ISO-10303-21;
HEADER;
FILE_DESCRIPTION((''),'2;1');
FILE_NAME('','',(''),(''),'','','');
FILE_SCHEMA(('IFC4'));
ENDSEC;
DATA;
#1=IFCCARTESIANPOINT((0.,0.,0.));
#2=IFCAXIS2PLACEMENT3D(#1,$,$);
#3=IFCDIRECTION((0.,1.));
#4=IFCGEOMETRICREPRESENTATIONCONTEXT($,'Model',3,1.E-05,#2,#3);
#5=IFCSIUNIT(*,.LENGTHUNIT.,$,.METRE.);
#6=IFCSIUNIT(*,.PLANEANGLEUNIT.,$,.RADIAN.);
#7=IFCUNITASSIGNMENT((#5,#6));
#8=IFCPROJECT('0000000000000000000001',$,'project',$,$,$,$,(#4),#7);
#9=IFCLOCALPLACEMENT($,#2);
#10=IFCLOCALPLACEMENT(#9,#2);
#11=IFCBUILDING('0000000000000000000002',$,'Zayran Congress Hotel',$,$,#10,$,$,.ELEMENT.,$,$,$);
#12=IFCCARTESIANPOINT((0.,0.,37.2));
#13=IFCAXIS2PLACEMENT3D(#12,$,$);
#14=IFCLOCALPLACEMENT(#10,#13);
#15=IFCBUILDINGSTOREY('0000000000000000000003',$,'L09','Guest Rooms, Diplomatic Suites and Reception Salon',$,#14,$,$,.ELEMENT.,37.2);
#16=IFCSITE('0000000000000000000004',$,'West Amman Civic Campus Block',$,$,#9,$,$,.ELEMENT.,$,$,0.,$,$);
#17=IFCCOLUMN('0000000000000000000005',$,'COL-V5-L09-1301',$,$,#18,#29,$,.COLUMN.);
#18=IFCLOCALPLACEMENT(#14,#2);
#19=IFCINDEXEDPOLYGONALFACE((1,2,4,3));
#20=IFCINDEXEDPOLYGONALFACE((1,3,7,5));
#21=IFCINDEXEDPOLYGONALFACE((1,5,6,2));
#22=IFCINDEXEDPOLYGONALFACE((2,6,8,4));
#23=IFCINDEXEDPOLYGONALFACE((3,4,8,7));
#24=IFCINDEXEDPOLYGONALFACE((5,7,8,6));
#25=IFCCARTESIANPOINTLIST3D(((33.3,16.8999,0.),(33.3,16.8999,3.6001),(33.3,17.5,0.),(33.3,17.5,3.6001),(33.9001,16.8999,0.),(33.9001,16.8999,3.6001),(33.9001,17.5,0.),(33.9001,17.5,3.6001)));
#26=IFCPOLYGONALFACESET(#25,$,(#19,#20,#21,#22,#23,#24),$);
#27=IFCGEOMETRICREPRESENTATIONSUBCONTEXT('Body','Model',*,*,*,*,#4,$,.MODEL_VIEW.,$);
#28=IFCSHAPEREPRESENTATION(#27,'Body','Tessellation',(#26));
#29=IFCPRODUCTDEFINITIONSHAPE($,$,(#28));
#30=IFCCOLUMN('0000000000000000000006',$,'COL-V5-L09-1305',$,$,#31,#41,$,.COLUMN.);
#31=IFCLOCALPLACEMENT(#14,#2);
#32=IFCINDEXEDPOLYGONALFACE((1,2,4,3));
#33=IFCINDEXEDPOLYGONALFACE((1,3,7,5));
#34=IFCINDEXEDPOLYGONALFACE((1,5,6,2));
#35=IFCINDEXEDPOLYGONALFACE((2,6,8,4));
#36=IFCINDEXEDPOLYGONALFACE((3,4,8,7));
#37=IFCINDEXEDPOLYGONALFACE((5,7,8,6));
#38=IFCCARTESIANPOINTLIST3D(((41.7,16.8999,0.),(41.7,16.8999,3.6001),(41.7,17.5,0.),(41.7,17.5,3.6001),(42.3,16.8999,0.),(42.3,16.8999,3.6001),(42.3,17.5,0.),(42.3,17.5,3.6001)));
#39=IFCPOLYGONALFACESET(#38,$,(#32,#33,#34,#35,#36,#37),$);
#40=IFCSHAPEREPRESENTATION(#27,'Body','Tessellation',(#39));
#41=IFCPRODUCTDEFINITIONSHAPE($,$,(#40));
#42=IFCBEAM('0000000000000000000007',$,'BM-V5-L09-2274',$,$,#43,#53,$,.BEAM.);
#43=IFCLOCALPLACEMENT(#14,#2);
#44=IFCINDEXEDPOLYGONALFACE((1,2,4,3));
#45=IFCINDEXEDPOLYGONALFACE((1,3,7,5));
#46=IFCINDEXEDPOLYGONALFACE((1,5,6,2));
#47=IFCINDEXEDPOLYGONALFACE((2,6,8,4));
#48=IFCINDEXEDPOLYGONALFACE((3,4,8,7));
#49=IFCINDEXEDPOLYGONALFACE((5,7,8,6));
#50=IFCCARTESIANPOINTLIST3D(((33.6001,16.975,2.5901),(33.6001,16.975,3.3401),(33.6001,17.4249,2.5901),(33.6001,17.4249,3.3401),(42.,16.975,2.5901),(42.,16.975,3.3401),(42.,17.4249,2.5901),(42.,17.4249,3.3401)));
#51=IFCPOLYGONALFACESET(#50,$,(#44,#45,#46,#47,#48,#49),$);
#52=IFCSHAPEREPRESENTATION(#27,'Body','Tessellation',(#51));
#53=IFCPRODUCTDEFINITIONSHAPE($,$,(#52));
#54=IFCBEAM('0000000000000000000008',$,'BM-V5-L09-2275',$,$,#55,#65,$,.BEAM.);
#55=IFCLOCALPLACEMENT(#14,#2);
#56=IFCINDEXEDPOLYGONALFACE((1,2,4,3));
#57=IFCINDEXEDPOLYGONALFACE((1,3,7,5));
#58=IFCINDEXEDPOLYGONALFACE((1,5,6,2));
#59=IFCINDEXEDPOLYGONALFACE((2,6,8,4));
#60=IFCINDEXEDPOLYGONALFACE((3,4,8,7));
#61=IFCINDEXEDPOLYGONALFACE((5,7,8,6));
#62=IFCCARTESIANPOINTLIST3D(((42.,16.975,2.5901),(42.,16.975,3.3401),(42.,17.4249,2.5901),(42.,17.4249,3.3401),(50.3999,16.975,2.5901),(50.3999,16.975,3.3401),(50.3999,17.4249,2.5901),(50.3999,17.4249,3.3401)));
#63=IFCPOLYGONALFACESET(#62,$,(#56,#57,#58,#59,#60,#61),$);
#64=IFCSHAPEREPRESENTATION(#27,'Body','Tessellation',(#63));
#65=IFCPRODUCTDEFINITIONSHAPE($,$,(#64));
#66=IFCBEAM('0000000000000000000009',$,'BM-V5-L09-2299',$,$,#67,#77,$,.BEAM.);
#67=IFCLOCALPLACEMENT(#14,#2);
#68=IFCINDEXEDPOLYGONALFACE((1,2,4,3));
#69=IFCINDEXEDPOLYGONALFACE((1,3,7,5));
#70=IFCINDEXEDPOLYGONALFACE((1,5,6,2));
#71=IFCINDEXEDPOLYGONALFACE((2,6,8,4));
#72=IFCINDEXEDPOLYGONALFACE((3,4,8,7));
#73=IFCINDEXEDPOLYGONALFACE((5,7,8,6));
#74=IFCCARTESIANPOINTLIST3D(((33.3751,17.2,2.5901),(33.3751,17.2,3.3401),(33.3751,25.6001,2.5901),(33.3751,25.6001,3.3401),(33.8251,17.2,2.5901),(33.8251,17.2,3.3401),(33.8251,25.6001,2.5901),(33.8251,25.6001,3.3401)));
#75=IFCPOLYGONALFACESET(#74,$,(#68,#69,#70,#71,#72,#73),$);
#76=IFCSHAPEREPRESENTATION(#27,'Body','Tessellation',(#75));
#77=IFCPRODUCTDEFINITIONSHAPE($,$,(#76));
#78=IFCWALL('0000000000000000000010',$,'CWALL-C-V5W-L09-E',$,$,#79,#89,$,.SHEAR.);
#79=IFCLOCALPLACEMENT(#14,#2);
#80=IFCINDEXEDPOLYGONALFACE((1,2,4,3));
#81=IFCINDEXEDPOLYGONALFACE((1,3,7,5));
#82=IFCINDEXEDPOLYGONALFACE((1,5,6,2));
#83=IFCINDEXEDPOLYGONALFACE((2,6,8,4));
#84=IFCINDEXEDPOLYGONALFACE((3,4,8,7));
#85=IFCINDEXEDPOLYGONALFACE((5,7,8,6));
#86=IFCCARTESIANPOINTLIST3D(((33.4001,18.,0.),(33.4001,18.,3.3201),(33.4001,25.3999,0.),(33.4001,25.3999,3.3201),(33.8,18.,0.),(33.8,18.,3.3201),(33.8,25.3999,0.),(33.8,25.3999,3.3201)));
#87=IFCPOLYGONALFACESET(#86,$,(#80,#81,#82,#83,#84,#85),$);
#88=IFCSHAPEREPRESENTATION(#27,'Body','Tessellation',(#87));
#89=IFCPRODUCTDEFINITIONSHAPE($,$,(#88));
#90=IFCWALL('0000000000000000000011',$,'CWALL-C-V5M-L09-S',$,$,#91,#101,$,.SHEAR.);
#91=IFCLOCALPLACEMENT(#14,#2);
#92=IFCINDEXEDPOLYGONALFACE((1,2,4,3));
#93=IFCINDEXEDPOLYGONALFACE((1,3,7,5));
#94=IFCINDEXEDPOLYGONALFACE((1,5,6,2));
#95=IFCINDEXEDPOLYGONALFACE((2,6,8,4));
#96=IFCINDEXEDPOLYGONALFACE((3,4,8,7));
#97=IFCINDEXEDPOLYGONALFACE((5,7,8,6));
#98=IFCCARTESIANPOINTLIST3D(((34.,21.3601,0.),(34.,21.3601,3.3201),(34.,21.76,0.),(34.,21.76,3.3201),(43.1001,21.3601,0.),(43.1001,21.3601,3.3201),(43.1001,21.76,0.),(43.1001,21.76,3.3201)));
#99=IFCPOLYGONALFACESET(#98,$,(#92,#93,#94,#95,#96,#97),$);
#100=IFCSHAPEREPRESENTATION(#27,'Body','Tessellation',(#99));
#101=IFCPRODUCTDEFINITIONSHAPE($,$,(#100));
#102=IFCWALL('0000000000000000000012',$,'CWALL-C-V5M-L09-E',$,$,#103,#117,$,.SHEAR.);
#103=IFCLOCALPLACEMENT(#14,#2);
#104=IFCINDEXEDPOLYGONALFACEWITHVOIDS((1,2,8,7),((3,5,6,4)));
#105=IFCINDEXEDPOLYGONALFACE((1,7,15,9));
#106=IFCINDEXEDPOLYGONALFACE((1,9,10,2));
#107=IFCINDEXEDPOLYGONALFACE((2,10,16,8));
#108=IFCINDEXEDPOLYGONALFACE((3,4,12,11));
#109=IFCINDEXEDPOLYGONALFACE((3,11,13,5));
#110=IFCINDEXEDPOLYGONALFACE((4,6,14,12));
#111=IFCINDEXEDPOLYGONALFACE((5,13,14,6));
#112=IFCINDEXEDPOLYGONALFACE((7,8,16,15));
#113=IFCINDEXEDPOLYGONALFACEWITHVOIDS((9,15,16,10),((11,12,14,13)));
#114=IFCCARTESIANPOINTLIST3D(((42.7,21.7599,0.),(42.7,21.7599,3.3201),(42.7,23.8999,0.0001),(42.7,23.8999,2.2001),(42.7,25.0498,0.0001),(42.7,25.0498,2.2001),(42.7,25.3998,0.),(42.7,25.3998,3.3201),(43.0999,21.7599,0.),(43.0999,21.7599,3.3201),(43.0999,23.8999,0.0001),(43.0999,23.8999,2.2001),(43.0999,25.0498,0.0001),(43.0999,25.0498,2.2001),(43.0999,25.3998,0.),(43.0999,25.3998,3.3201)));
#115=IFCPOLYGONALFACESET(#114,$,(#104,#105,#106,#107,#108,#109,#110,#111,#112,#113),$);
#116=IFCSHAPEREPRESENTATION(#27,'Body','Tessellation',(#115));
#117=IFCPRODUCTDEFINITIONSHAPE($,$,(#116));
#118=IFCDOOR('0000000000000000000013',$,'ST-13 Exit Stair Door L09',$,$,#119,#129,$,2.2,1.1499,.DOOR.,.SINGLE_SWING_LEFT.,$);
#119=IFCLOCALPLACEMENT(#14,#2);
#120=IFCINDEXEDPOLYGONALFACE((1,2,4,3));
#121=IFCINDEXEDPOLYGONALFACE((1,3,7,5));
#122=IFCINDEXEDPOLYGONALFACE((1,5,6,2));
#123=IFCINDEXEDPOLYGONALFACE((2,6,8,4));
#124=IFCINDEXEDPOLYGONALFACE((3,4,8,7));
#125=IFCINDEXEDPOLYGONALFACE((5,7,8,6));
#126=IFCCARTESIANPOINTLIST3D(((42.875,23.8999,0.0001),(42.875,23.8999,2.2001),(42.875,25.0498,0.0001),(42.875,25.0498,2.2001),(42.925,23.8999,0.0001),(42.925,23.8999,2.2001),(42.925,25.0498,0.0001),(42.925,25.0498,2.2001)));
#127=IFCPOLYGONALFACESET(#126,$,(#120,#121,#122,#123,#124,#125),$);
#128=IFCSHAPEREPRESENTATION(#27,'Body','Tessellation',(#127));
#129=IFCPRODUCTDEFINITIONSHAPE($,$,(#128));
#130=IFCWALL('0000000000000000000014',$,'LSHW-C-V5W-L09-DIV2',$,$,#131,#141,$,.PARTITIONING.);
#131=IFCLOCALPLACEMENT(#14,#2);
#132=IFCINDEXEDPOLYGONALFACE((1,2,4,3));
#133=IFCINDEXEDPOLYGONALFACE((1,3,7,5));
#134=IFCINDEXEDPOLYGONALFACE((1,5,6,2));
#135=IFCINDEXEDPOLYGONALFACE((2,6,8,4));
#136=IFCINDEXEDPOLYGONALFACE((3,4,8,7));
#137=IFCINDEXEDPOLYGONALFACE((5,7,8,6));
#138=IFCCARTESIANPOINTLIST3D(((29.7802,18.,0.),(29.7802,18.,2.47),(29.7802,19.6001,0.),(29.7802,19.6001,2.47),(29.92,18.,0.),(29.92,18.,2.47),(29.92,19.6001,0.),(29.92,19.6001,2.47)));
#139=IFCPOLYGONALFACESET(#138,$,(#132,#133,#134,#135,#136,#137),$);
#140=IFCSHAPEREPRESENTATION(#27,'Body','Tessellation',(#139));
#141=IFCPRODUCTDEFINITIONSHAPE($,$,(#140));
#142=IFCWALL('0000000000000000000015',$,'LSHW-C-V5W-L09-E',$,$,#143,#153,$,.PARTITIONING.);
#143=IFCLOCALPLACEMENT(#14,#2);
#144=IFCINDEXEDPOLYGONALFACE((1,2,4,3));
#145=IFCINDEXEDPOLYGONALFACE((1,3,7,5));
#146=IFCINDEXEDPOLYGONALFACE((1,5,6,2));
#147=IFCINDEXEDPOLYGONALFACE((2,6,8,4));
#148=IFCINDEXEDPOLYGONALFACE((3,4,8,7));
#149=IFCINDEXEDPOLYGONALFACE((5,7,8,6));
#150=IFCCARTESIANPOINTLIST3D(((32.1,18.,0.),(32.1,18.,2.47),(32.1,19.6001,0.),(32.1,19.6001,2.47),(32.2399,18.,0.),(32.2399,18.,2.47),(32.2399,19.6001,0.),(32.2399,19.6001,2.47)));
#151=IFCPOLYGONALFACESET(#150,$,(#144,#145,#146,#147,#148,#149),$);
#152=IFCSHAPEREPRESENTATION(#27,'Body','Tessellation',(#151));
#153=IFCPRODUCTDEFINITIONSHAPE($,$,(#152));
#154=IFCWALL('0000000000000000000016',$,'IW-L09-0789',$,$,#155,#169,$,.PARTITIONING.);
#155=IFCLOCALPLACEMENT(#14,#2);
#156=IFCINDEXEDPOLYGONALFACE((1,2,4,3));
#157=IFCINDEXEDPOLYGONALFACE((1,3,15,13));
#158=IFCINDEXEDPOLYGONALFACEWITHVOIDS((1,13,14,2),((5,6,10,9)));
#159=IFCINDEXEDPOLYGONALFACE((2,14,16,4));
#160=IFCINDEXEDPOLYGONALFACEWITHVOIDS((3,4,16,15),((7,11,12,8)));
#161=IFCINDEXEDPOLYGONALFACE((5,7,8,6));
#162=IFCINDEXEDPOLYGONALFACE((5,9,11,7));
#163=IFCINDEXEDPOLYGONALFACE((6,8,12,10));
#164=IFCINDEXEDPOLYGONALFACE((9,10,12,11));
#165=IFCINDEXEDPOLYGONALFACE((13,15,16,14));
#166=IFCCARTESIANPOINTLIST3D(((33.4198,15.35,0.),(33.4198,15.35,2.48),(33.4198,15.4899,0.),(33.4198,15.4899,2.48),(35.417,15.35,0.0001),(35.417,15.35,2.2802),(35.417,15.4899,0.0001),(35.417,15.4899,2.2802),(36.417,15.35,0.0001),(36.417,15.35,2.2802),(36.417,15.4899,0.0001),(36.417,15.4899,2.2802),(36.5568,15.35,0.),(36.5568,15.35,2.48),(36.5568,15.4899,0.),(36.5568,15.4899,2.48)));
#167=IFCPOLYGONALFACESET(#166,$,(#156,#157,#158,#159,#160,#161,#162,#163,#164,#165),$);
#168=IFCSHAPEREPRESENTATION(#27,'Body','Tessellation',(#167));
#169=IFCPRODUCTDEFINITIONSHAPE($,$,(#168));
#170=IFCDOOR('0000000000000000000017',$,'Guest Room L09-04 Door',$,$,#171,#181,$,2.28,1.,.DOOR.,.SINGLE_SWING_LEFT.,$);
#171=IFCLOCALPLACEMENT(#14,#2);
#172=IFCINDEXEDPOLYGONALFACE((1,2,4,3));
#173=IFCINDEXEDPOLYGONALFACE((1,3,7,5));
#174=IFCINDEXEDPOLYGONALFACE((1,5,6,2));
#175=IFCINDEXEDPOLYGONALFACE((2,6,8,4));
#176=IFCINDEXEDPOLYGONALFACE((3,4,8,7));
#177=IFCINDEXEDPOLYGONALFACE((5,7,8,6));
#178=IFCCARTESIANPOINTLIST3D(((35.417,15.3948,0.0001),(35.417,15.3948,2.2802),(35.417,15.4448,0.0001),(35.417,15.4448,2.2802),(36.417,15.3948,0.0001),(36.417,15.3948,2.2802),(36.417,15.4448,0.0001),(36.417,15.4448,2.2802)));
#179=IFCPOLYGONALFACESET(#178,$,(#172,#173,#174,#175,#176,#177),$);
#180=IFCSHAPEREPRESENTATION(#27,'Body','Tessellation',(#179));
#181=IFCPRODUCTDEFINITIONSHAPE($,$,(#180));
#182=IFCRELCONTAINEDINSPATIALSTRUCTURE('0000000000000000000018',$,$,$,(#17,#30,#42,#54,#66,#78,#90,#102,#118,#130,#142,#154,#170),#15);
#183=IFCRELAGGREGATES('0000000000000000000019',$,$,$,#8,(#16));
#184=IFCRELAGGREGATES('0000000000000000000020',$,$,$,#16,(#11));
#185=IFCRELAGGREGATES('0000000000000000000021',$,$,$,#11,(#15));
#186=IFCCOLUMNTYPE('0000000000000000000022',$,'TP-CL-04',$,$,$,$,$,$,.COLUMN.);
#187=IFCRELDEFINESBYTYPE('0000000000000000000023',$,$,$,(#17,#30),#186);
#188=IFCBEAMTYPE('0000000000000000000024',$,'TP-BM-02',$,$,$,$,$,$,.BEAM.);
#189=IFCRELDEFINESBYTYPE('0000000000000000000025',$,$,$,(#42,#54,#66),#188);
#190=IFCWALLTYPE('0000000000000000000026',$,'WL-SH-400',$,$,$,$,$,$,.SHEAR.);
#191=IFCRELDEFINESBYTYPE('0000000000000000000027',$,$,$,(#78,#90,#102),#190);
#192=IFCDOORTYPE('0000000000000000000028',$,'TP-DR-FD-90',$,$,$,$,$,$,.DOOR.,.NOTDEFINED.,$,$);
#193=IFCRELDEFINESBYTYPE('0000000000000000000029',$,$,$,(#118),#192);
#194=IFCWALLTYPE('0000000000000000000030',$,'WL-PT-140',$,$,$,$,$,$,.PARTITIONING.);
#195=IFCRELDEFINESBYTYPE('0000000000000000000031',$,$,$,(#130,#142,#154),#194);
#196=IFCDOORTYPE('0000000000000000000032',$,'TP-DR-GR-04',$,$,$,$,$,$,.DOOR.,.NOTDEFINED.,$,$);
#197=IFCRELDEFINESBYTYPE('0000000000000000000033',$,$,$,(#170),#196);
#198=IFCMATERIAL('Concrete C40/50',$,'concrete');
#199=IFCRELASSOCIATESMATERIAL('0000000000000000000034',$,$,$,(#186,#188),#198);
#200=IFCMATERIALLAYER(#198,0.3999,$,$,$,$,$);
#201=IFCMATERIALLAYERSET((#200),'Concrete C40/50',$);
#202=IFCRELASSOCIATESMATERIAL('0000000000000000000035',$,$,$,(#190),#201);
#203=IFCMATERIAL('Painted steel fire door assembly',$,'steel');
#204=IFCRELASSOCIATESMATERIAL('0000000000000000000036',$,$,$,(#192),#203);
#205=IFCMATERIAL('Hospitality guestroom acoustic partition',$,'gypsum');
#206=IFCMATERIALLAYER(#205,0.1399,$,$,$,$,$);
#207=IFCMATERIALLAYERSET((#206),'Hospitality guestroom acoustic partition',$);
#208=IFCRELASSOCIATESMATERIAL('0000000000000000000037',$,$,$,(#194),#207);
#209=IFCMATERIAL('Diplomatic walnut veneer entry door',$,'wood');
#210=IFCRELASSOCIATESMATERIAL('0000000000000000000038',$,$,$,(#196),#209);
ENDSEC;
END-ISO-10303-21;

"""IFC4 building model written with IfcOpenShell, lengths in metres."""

from ifc_helpers import new_model, si_unit, direction, frame, frame_2d, origin, origin_2d, place, context, subcontext, project, spatial, rectangle, extrude, material, layer, layer_set, material_profile, profile_set, type_object, element, fill, save


model = new_model("IFC4")

# Units and contexts
model_context = context("Model", 3, precision=1e-05, world=origin(), true_north=direction((0.0, 1.0)))
body_context = subcontext(model_context, "Body", "Model", "MODEL_VIEW")
ifc_project = project(units=[si_unit("LENGTHUNIT", "METRE"), si_unit("PLANEANGLEUNIT", "RADIAN")], contexts=[model_context])

# Site, building, storey
site_placement = place(None, origin())
site = spatial("IfcSite", under=ifc_project, at=site_placement, Name="West Amman Civic Campus Block", CompositionType="ELEMENT", RefElevation=0.0)
building_placement = place(site_placement, origin())
building = spatial("IfcBuilding", under=site, at=building_placement, Name="Zayran Congress Hotel", CompositionType="ELEMENT")
storey_placement = place(building_placement, frame((0.0, 0.0, 37.2)))
storey = spatial("IfcBuildingStorey", under=building, at=storey_placement, Name="L09", Description="Guest Rooms, Diplomatic Suites and Reception Salon", CompositionType="ELEMENT", Elevation=37.2)

# Columns
ifc_material_1 = material(Name="Concrete C40/50", Category="concrete")
ifc_material_profile_1 = material_profile(ifc_material_1, rectangle(XDim=0.6001, YDim=0.6001, at=origin_2d()), Name="RC 600x600")
ifc_profile_set_1 = profile_set([ifc_material_profile_1], Name="Concrete C40/50")
column_type = type_object("IfcColumnType", Name="TP-CL-04", PredefinedType="COLUMN", material=ifc_profile_set_1)
for number, where, z_axis, x_axis, name in (
    (1, (33.6001, 17.2, 0.0), (0.0, 0.0, 1.0), (1.0, 0.0, 0.0), "COL-V5-L09-1301"),
    (2, (42.0, 17.2, 0.0), (0.0, 0.0, 1.0), (1.0, 0.0, 0.0), "COL-V5-L09-1305"),
):
    element("IfcColumn", number, at=place(storey_placement, frame(where, z_axis=z_axis, x_axis=x_axis)), inside=storey, type_object=column_type, Name=name, PredefinedType="COLUMN", context=body_context, shape_type="SweptSolid", body=[
        extrude(rectangle(XDim=0.6001, YDim=0.6001, at=origin_2d()), origin(), (0.0, 0.0, 1.0), 3.6001),
    ])

# Beams
ifc_material_profile_2 = material_profile(ifc_material_1, rectangle(XDim=0.45, YDim=0.75, at=origin_2d()), Name="RC 450x750")
ifc_profile_set_2 = profile_set([ifc_material_profile_2], Name="Concrete C40/50")
beam_type = type_object("IfcBeamType", Name="TP-BM-02", PredefinedType="BEAM", material=ifc_profile_set_2)
for number, where, z_axis, x_axis, name in (
    (3, (33.6001, 17.2, 2.9651), (1.0, 0.0, 0.0), (0.0, 1.0, 0.0), "BM-V5-L09-2274"),
    (4, (42.0, 17.2, 2.9651), (1.0, 0.0, 0.0), (0.0, 1.0, 0.0), "BM-V5-L09-2275"),
):
    element("IfcBeam", number, at=place(storey_placement, frame(where, z_axis=z_axis, x_axis=x_axis)), inside=storey, type_object=beam_type, Name=name, PredefinedType="BEAM", context=body_context, shape_type="SweptSolid", body=[
        extrude(rectangle(XDim=0.45, YDim=0.75, at=origin_2d()), origin(), (0.0, 0.0, 1.0), 8.3999),
    ])
beam_placement = place(storey_placement, frame((33.6001, 17.2, 2.9651), z_axis=(0.0, 1.0, 0.0), x_axis=(-1.0, 0.0, 0.0)))
element("IfcBeam", 5, at=beam_placement, inside=storey, type_object=beam_type, Name="BM-V5-L09-2299", PredefinedType="BEAM", context=body_context, shape_type="SweptSolid", body=[
    extrude(rectangle(XDim=0.45, YDim=0.75, at=origin_2d()), origin(), (0.0, 0.0, 1.0), 8.4001),
])

# Walls
ifc_layer_1 = layer(ifc_material_1, 0.3999)
ifc_layer_set_1 = layer_set([ifc_layer_1], Name="Concrete C40/50")
wall_type_1 = type_object("IfcWallType", Name="WL-SH-400", PredefinedType="SHEAR", material=ifc_layer_set_1)
wall_1_placement = place(storey_placement, frame((33.6001, 18.0, 0.0), z_axis=(0.0, 0.0, 1.0), x_axis=(0.0, 1.0, 0.0)))
element("IfcWall", 6, at=wall_1_placement, inside=storey, type_object=wall_type_1, Name="CWALL-C-V5W-L09-E", PredefinedType="SHEAR", context=body_context, shape_type="SweptSolid", body=[
    extrude(rectangle(XDim=7.3999, YDim=0.3999, at=frame_2d((3.7, 0.0))), origin(), (0.0, 0.0, 1.0), 3.3201),
])
wall_2_placement = place(storey_placement, frame((34.0, 21.5601, 0.0), z_axis=(0.0, 0.0, 1.0), x_axis=(1.0, 0.0, 0.0)))
element("IfcWall", 7, at=wall_2_placement, inside=storey, type_object=wall_type_1, Name="CWALL-C-V5M-L09-S", PredefinedType="SHEAR", context=body_context, shape_type="SweptSolid", body=[
    extrude(rectangle(XDim=9.1001, YDim=0.3999, at=frame_2d((4.55, 0.0))), origin(), (0.0, 0.0, 1.0), 3.3201),
])

# Wall, opening, door
wall_3_placement = place(storey_placement, frame((42.8999, 21.76, 0.0), z_axis=(0.0, 0.0, 1.0), x_axis=(0.0, 1.0, 0.0)))
wall_3 = element("IfcWall", 8, at=wall_3_placement, inside=storey, type_object=wall_type_1, Name="CWALL-C-V5M-L09-E", PredefinedType="SHEAR", context=body_context, shape_type="SweptSolid", body=[
    extrude(rectangle(XDim=3.6399, YDim=0.3999, at=frame_2d((1.8198, 0.0))), origin(), (0.0, 0.0, 1.0), 3.3201),
])
opening_1_placement = place(wall_3_placement, frame((2.1399, 0.0, 0.0)))
opening_1 = element("IfcOpeningElement", 9, at=opening_1_placement, cuts=wall_3, PredefinedType="OPENING", context=body_context, shape_type="SweptSolid", body=[
    extrude(rectangle(XDim=1.1499, YDim=2.2, at=frame_2d((0.575, 1.1001))), frame((0.0, 0.21, 0.0), z_axis=(0.0, -1.0, 0.0), x_axis=(1.0, 0.0, 0.0)), (0.0, 0.0, 1.0), 0.4199),
])
ifc_material_2 = material(Name="Painted steel fire door assembly", Category="steel")
door_type_1 = type_object("IfcDoorType", Name="TP-DR-FD-90", OperationType="NOTDEFINED", PredefinedType="DOOR", material=ifc_material_2)
door_1_placement = place(opening_1_placement, origin())
door_1 = element("IfcDoor", 10, at=door_1_placement, inside=storey, type_object=door_type_1, Name="ST-13 Exit Stair Door L09", OperationType="SINGLE_SWING_LEFT", OverallHeight=2.2, OverallWidth=1.1499, PredefinedType="DOOR", context=body_context, shape_type="SweptSolid", body=[
    extrude(rectangle(XDim=1.1499, YDim=2.2, at=frame_2d((0.575, 1.1001))), frame((0.0, 0.0249, 0.0), z_axis=(0.0, -1.0, 0.0), x_axis=(1.0, 0.0, 0.0)), (0.0, 0.0, 1.0), 0.05),
])
fill(opening_1, door_1)

# Walls
ifc_material_3 = material(Name="Hospitality guestroom acoustic partition", Category="gypsum")
ifc_layer_2 = layer(ifc_material_3, 0.1399)
ifc_layer_set_2 = layer_set([ifc_layer_2], Name="Hospitality guestroom acoustic partition")
wall_type_2 = type_object("IfcWallType", Name="WL-PT-140", PredefinedType="PARTITIONING", material=ifc_layer_set_2)
for number, where, z_axis, x_axis, name in (
    (11, (29.8501, 18.0, 0.0), (0.0, 0.0, 1.0), (0.0, 1.0, 0.0), "LSHW-C-V5W-L09-DIV2"),
    (12, (32.1699, 18.0, 0.0), (0.0, 0.0, 1.0), (0.0, 1.0, 0.0), "LSHW-C-V5W-L09-E"),
):
    element("IfcWall", number, at=place(storey_placement, frame(where, z_axis=z_axis, x_axis=x_axis)), inside=storey, type_object=wall_type_2, Name=name, PredefinedType="PARTITIONING", context=body_context, shape_type="SweptSolid", body=[
        extrude(rectangle(XDim=1.6001, YDim=0.1399, at=frame_2d((0.8, 0.0))), origin(), (0.0, 0.0, 1.0), 2.47),
    ])

# Wall, opening, door
wall_4_placement = place(storey_placement, frame((33.4199, 15.4199, 0.0), z_axis=(0.0, 0.0, 1.0), x_axis=(1.0, 0.0, 0.0)))
wall_4 = element("IfcWall", 13, at=wall_4_placement, inside=storey, type_object=wall_type_2, Name="IW-L09-0789", PredefinedType="PARTITIONING", context=body_context, shape_type="SweptSolid", body=[
    extrude(rectangle(XDim=3.137, YDim=0.1399, at=frame_2d((1.5684, 0.0))), origin(), (0.0, 0.0, 1.0), 2.48),
])
opening_2_placement = place(wall_4_placement, frame((1.9971, 0.0, 0.0)))
opening_2 = element("IfcOpeningElement", 14, at=opening_2_placement, cuts=wall_4, PredefinedType="OPENING", context=body_context, shape_type="SweptSolid", body=[
    extrude(rectangle(XDim=1.0, YDim=2.28, at=frame_2d((0.5, 1.1401))), frame((0.0, 0.0798, 0.0), z_axis=(0.0, -1.0, 0.0), x_axis=(1.0, 0.0, 0.0)), (0.0, 0.0, 1.0), 0.1599),
])
ifc_material_4 = material(Name="Diplomatic walnut veneer entry door", Category="wood")
door_type_2 = type_object("IfcDoorType", Name="TP-DR-GR-04", OperationType="NOTDEFINED", PredefinedType="DOOR", material=ifc_material_4)
door_2_placement = place(opening_2_placement, origin())
door_2 = element("IfcDoor", 15, at=door_2_placement, inside=storey, type_object=door_type_2, Name="Guest Room L09-04 Door", OperationType="SINGLE_SWING_LEFT", OverallHeight=2.28, OverallWidth=1.0, PredefinedType="DOOR", context=body_context, shape_type="SweptSolid", body=[
    extrude(rectangle(XDim=1.0, YDim=2.28, at=frame_2d((0.5, 1.1401))), frame((0.0, 0.0249, 0.0), z_axis=(0.0, -1.0, 0.0), x_axis=(1.0, 0.0, 0.0)), (0.0, 0.0, 1.0), 0.05),
])
fill(opening_2, door_2)

save(model, "model.ifc")
